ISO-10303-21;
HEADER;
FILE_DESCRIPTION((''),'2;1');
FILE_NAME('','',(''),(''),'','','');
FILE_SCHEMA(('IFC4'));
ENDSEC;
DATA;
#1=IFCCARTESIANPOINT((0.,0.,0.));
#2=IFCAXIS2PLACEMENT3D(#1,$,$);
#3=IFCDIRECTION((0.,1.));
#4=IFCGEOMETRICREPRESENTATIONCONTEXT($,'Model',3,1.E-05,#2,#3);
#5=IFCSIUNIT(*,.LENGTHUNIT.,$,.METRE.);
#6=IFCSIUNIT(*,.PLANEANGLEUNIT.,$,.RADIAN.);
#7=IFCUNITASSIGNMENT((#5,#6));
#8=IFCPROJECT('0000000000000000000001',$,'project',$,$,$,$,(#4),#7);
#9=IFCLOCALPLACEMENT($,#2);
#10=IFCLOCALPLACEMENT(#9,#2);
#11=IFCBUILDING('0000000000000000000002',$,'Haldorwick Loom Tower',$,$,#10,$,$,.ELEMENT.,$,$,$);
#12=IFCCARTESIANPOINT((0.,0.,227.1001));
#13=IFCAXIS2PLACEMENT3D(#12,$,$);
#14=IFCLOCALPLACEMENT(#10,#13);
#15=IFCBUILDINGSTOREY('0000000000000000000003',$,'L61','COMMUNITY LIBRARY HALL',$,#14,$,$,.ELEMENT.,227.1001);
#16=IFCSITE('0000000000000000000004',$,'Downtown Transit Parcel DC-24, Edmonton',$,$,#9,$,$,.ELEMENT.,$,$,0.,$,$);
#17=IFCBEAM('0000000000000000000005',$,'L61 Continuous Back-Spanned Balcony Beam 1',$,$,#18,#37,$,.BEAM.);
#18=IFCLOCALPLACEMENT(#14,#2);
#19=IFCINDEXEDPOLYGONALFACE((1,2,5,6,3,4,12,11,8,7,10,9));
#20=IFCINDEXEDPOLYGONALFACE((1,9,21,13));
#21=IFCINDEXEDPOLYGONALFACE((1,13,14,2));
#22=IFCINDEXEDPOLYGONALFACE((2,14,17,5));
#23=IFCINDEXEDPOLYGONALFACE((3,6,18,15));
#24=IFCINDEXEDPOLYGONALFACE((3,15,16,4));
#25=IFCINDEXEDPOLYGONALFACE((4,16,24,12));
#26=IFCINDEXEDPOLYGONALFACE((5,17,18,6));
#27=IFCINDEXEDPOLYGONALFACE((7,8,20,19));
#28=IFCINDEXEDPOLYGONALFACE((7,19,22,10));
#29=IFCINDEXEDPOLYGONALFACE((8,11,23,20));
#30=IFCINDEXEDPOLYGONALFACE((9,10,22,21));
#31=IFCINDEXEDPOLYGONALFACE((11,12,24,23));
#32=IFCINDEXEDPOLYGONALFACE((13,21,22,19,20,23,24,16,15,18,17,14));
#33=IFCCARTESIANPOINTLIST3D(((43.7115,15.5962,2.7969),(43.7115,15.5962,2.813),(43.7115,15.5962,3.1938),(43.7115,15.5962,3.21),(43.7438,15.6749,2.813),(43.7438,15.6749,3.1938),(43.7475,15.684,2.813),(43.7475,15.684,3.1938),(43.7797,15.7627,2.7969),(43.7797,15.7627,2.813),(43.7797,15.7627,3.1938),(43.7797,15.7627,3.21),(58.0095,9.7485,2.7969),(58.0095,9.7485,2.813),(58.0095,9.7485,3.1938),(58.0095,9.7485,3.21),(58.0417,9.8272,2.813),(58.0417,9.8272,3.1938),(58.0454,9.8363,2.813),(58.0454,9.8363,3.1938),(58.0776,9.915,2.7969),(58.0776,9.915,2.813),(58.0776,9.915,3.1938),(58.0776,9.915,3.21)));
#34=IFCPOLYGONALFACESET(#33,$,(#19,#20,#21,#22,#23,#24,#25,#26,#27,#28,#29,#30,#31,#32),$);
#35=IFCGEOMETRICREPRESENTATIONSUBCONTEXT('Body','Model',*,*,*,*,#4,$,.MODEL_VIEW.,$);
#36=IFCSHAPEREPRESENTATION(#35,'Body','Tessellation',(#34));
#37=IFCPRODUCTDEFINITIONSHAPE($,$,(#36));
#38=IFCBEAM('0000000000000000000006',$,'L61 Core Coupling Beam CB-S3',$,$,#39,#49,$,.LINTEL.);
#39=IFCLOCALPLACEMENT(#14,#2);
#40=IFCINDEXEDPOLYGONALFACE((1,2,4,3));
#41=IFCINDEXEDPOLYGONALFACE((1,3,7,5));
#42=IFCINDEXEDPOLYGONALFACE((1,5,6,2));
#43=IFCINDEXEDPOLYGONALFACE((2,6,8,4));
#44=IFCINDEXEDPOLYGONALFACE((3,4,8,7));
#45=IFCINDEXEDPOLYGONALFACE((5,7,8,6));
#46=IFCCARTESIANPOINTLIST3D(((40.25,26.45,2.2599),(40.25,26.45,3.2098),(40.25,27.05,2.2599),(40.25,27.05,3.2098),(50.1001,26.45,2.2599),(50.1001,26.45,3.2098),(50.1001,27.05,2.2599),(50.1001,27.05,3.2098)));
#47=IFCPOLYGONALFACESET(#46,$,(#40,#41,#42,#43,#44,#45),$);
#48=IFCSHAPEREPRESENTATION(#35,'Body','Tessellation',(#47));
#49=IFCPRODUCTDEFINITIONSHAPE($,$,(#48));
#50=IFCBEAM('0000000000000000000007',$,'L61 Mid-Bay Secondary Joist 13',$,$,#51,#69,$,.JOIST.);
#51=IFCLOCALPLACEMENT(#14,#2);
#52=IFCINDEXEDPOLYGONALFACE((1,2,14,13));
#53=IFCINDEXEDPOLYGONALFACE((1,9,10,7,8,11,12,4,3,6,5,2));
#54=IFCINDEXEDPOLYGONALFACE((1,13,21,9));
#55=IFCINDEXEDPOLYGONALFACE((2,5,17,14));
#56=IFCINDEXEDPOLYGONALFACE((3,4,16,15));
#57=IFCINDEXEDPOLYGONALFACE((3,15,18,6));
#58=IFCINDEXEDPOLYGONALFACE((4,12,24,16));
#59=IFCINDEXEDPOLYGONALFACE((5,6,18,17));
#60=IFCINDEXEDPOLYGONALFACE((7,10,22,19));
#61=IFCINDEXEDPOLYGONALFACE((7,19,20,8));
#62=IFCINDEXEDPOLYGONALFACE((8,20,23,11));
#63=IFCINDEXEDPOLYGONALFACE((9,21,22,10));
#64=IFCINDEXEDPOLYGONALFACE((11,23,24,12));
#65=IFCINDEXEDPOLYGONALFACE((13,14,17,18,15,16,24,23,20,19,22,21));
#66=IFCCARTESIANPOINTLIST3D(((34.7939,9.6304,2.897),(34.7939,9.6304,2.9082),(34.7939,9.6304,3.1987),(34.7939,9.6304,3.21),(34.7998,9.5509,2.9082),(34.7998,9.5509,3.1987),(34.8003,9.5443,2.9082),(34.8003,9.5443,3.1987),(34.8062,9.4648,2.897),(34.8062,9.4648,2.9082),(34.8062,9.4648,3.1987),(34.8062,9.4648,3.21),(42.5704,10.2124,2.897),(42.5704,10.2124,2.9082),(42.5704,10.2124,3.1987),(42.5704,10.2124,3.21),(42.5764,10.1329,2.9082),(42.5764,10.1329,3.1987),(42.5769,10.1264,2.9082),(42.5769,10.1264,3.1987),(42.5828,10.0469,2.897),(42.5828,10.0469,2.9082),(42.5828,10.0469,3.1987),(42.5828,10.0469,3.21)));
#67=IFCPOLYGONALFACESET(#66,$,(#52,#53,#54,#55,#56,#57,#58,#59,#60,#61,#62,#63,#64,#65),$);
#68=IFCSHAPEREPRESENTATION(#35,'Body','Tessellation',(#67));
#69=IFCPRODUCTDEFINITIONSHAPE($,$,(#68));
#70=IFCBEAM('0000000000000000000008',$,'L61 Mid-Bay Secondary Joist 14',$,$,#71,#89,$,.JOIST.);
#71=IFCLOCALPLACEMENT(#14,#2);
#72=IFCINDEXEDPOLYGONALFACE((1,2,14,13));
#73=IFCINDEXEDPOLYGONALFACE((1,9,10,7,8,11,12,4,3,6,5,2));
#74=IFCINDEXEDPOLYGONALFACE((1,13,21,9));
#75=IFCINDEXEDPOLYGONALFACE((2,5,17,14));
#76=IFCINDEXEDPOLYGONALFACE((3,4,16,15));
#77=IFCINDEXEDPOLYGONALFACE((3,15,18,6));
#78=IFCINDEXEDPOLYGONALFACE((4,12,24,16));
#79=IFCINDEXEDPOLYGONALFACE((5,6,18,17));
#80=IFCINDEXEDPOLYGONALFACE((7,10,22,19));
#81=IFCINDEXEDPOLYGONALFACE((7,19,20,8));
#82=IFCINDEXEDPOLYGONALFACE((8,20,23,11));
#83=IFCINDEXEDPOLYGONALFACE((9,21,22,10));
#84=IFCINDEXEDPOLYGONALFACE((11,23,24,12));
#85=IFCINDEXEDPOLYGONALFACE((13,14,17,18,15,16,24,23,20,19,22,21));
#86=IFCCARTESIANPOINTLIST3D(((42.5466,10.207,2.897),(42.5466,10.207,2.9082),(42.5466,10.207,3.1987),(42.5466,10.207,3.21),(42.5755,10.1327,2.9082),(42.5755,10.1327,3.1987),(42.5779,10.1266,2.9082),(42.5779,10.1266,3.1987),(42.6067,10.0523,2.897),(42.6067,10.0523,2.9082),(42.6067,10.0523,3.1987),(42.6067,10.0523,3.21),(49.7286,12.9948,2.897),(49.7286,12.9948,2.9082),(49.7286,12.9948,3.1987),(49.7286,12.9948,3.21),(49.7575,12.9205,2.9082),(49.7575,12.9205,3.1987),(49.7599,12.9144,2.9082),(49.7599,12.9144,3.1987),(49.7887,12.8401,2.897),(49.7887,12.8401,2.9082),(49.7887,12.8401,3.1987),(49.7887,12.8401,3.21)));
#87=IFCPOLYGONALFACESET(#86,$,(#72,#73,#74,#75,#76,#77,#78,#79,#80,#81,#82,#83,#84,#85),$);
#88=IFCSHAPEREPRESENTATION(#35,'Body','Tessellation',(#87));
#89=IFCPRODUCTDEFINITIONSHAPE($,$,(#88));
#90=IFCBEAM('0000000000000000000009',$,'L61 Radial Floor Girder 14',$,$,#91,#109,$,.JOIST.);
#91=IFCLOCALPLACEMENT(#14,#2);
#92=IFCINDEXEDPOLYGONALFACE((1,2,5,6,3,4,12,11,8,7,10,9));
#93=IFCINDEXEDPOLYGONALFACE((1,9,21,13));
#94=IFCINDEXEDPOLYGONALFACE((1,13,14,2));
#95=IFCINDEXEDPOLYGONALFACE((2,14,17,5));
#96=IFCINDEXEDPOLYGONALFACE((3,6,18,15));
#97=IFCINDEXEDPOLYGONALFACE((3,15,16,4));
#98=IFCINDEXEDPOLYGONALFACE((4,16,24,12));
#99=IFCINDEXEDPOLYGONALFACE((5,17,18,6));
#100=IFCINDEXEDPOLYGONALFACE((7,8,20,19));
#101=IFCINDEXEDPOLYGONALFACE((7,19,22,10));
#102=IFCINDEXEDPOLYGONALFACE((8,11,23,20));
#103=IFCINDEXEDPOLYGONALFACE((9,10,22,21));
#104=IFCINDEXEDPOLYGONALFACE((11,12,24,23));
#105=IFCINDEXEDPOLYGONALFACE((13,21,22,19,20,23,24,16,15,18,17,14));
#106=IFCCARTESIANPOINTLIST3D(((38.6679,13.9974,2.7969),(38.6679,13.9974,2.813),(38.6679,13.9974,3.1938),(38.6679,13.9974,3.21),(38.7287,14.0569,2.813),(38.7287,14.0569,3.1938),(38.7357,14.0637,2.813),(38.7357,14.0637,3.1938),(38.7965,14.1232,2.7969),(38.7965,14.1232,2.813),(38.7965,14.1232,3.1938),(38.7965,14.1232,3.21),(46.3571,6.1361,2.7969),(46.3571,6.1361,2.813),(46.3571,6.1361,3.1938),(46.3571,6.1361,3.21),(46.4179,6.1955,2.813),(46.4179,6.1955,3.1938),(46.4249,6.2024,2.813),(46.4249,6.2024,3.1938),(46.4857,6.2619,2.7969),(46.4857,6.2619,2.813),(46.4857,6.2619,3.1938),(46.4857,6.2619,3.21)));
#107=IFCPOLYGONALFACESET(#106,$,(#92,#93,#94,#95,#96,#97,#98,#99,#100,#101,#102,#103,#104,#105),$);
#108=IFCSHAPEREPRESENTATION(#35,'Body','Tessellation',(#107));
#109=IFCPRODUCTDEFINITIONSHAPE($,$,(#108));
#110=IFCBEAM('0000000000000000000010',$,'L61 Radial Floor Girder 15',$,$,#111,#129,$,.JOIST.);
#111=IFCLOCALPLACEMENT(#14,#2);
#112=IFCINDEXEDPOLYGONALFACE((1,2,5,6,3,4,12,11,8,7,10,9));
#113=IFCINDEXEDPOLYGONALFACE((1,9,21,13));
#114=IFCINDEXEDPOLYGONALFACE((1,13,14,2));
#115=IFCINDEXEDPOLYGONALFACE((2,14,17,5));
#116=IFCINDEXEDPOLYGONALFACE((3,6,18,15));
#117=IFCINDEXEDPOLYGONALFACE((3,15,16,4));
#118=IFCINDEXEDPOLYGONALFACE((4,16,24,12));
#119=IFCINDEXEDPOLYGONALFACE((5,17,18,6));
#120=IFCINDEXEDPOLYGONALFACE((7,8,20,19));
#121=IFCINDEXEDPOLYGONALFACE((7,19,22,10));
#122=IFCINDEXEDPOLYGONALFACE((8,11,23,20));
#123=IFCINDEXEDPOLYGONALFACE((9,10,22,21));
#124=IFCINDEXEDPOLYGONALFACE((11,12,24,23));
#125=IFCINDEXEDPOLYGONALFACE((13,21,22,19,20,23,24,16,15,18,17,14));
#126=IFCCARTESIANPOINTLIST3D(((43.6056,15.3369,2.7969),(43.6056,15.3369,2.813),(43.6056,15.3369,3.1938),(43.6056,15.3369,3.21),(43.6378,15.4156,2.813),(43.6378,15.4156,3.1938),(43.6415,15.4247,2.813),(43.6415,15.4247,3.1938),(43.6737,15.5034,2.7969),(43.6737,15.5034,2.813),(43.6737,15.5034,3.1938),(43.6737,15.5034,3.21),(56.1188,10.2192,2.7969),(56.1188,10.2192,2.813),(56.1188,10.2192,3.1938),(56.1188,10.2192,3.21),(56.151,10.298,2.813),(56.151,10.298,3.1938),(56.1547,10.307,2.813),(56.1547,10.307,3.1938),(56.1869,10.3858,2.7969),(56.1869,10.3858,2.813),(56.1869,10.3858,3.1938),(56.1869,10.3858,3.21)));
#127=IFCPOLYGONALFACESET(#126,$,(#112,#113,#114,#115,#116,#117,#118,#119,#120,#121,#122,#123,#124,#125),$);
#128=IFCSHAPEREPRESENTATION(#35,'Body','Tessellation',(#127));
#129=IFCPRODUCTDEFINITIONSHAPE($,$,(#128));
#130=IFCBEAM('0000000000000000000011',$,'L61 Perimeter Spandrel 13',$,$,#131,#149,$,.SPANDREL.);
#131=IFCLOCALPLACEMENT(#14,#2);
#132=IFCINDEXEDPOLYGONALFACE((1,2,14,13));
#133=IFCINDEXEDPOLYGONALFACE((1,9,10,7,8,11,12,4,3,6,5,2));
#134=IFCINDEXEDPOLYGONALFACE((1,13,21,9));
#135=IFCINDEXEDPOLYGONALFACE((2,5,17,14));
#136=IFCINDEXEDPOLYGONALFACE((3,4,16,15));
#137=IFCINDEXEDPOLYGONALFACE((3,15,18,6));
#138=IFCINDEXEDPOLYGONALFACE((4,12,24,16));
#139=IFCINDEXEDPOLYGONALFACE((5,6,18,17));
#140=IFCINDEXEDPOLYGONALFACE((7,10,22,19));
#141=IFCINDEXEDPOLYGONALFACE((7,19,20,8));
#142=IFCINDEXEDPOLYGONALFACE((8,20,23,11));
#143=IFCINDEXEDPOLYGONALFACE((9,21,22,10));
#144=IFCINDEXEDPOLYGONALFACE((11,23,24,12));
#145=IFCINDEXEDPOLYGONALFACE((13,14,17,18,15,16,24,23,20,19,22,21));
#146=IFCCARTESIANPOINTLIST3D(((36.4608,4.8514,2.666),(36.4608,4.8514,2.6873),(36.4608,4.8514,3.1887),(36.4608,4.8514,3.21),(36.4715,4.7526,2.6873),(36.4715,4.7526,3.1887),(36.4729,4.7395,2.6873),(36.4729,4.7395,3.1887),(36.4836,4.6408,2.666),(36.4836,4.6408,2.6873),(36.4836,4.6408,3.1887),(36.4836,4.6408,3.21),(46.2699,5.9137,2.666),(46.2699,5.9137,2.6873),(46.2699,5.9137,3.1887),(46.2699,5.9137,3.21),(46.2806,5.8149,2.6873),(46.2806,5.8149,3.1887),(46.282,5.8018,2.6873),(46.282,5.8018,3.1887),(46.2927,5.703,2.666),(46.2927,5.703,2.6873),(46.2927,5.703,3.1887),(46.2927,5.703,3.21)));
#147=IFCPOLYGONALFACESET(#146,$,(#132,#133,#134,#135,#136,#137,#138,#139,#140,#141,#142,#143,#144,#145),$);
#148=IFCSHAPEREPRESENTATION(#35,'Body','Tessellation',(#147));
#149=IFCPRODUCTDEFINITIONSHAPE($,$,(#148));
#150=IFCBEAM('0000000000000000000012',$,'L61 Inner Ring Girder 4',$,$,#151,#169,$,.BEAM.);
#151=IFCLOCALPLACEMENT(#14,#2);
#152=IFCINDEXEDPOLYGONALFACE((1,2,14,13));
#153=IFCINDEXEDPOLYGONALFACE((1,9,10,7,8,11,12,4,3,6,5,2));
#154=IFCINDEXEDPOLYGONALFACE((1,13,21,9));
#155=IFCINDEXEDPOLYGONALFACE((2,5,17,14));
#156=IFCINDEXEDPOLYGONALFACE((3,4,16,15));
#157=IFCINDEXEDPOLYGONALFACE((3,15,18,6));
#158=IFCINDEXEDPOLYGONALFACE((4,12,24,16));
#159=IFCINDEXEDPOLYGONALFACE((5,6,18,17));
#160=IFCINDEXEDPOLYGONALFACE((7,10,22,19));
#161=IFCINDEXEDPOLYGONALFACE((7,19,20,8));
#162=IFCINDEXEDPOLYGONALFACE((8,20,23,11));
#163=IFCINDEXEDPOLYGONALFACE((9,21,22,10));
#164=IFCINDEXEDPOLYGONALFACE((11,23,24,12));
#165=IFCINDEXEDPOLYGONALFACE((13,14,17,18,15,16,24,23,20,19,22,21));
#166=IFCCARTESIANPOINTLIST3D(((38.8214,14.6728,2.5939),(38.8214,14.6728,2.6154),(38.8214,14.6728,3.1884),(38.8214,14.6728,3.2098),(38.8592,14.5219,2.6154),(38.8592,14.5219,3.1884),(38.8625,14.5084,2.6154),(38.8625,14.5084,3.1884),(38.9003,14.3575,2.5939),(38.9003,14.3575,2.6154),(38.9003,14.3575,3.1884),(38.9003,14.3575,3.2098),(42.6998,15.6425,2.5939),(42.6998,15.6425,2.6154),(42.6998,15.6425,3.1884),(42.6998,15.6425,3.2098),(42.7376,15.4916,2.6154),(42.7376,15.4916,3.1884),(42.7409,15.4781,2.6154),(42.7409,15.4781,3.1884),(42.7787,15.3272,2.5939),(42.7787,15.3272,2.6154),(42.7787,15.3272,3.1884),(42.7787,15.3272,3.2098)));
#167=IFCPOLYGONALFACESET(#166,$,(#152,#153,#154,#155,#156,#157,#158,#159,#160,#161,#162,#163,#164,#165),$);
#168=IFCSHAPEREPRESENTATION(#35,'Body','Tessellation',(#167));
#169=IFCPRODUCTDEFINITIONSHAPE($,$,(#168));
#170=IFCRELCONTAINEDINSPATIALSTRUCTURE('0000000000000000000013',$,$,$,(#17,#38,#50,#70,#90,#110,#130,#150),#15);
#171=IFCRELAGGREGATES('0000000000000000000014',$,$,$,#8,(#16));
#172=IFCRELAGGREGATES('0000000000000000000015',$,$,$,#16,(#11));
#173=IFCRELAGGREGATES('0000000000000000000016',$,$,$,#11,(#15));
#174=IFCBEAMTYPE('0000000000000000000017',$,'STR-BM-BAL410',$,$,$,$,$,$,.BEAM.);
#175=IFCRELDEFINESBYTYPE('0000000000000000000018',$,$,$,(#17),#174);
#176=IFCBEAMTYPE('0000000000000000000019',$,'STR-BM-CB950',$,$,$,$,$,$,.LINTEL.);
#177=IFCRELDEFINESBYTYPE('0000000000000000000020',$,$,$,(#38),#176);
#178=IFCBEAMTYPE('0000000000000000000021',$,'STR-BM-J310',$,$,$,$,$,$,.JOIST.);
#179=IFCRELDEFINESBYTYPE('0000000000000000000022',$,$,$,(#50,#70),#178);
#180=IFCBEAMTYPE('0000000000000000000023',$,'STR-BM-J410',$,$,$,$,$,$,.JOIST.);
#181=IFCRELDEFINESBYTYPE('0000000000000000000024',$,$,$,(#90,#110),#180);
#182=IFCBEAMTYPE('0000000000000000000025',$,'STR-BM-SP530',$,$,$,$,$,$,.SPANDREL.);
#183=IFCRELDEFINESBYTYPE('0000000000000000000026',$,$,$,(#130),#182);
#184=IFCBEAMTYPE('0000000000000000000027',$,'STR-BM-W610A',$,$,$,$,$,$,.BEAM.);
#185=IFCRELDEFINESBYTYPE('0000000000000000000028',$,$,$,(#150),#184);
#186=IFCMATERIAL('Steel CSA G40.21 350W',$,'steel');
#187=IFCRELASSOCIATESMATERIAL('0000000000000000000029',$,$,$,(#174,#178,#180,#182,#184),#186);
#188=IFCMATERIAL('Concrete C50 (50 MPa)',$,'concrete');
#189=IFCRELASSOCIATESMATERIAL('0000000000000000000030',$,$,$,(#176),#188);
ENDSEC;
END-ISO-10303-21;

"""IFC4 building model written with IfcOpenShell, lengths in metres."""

from ifc_helpers import new_model, si_unit, direction, frame, origin, origin_2d, place, context, subcontext, project, spatial, rectangle, i_section, extrude, material, material_profile, profile_set, type_object, element, save


model = new_model("IFC4")

# Units and contexts
model_context = context("Model", 3, precision=1e-05, world=origin(), true_north=direction((0.0, 1.0)))
body_context = subcontext(model_context, "Body", "Model", "MODEL_VIEW")
ifc_project = project(units=[si_unit("LENGTHUNIT", "METRE"), si_unit("PLANEANGLEUNIT", "RADIAN")], contexts=[model_context])

# Site, building, storey
site_placement = place(None, origin())
site = spatial("IfcSite", under=ifc_project, at=site_placement, Name="Downtown Transit Parcel DC-24, Edmonton", CompositionType="ELEMENT", RefElevation=0.0)
building_placement = place(site_placement, origin())
building = spatial("IfcBuilding", under=site, at=building_placement, Name="Haldorwick Loom Tower", CompositionType="ELEMENT")
storey_placement = place(building_placement, frame((0.0, 0.0, 227.1001)))
storey = spatial("IfcBuildingStorey", under=building, at=storey_placement, Name="L61", Description="COMMUNITY LIBRARY HALL", CompositionType="ELEMENT", Elevation=227.1001)

# Shared definitions
ifc_material_1 = material(Name="Steel CSA G40.21 350W", Category="steel")

# Beams
ifc_material_profile_1 = material_profile(ifc_material_1, i_section(OverallWidth=0.1799, OverallDepth=0.4131, WebThickness=0.0098, FlangeThickness=0.0161, at=origin_2d()), Name="W410X74", Category="steel")
ifc_profile_set_1 = profile_set([ifc_material_profile_1], Name="Steel CSA G40.21 350W")
beam_type_1 = type_object("IfcBeamType", Name="STR-BM-BAL410", PredefinedType="BEAM", material=ifc_profile_set_1)
beam_1_placement = place(storey_placement, frame((43.7456, 15.6794, 3.0034), z_axis=(0.92558, -0.378552, 0.0), x_axis=(0.378552, 0.92558, 0.0)))
element("IfcBeam", 1, at=beam_1_placement, inside=storey, type_object=beam_type_1, Name="L61 Continuous Back-Spanned Balcony Beam 1", PredefinedType="BEAM", context=body_context, shape_type="SweptSolid", body=[
    extrude(i_section(OverallWidth=0.1799, OverallDepth=0.4131, WebThickness=0.0098, FlangeThickness=0.0161, at=origin_2d()), origin(), (0.0, 0.0, 1.0), 15.4475),
])
ifc_material_2 = material(Name="Concrete C50 (50 MPa)", Category="concrete")
ifc_material_profile_2 = material_profile(ifc_material_2, rectangle(XDim=0.6001, YDim=0.95, at=origin_2d()), Name="RC600X950", Category="concrete")
ifc_profile_set_2 = profile_set([ifc_material_profile_2], Name="Concrete C50 (50 MPa)")
beam_type_2 = type_object("IfcBeamType", Name="STR-BM-CB950", PredefinedType="LINTEL", material=ifc_profile_set_2)
beam_2_placement = place(storey_placement, frame((40.25, 26.75, 2.7349), z_axis=(1.0, 0.0, 0.0), x_axis=(0.0, 1.0, 0.0)))
element("IfcBeam", 2, at=beam_2_placement, inside=storey, type_object=beam_type_2, Name="L61 Core Coupling Beam CB-S3", PredefinedType="LINTEL", context=body_context, shape_type="SweptSolid", body=[
    extrude(rectangle(XDim=0.6001, YDim=0.95, at=origin_2d()), origin(), (0.0, 0.0, 1.0), 9.8501),
])
ifc_material_profile_3 = material_profile(ifc_material_1, i_section(OverallWidth=0.166, OverallDepth=0.313, WebThickness=0.0066, FlangeThickness=0.0112, at=origin_2d()), Name="W310X45", Category="steel")
ifc_profile_set_3 = profile_set([ifc_material_profile_3], Name="Steel CSA G40.21 350W")
beam_type_3 = type_object("IfcBeamType", Name="STR-BM-J310", PredefinedType="JOIST", material=ifc_profile_set_3)
beam_3_placement = place(storey_placement, frame((34.8, 9.5476, 3.0535), z_axis=(0.997211, 0.074635, 0.0), x_axis=(-0.074635, 0.997211, 0.0)))
element("IfcBeam", 3, at=beam_3_placement, inside=storey, type_object=beam_type_3, Name="L61 Mid-Bay Secondary Joist 13", PredefinedType="JOIST", context=body_context, shape_type="SweptSolid", body=[
    extrude(i_section(OverallWidth=0.166, OverallDepth=0.313, WebThickness=0.0066, FlangeThickness=0.0112, at=origin_2d()), origin(), (0.0, 0.0, 1.0), 7.7983),
])
beam_4_placement = place(storey_placement, frame((42.5767, 10.1296, 3.0535), z_axis=(0.932233, 0.361859, 0.0), x_axis=(-0.361859, 0.932233, 0.0)))
element("IfcBeam", 4, at=beam_4_placement, inside=storey, type_object=beam_type_3, Name="L61 Mid-Bay Secondary Joist 14", PredefinedType="JOIST", context=body_context, shape_type="SweptSolid", body=[
    extrude(i_section(OverallWidth=0.166, OverallDepth=0.313, WebThickness=0.0066, FlangeThickness=0.0112, at=origin_2d()), origin(), (0.0, 0.0, 1.0), 7.7041),
])
ifc_material_profile_4 = material_profile(ifc_material_1, i_section(OverallWidth=0.1799, OverallDepth=0.4131, WebThickness=0.0098, FlangeThickness=0.0161, at=origin_2d()), Name="W410X74", Category="steel")
ifc_profile_set_4 = profile_set([ifc_material_profile_4], Name="Steel CSA G40.21 350W")
beam_type_4 = type_object("IfcBeamType", Name="STR-BM-J410", PredefinedType="JOIST", material=ifc_profile_set_4)
beam_5_placement = place(storey_placement, frame((38.7322, 14.0603, 3.0034), z_axis=(0.699237, -0.71489, 0.0), x_axis=(0.71489, 0.699237, 0.0)))
element("IfcBeam", 5, at=beam_5_placement, inside=storey, type_object=beam_type_4, Name="L61 Radial Floor Girder 14", PredefinedType="JOIST", context=body_context, shape_type="SweptSolid", body=[
    extrude(i_section(OverallWidth=0.1799, OverallDepth=0.4131, WebThickness=0.0098, FlangeThickness=0.0161, at=origin_2d()), origin(), (0.0, 0.0, 1.0), 10.9966),
])
beam_6_placement = place(storey_placement, frame((43.6396, 15.4202, 3.0034), z_axis=(0.925582, -0.378547, 0.0), x_axis=(0.378547, 0.925582, 0.0)))
element("IfcBeam", 6, at=beam_6_placement, inside=storey, type_object=beam_type_4, Name="L61 Radial Floor Girder 15", PredefinedType="JOIST", context=body_context, shape_type="SweptSolid", body=[
    extrude(i_section(OverallWidth=0.1799, OverallDepth=0.4131, WebThickness=0.0098, FlangeThickness=0.0161, at=origin_2d()), origin(), (0.0, 0.0, 1.0), 13.5193),
])
ifc_material_profile_5 = material_profile(ifc_material_1, i_section(OverallWidth=0.2119, OverallDepth=0.5439, WebThickness=0.0132, FlangeThickness=0.0212, at=origin_2d()), Name="W530X123", Category="steel")
ifc_profile_set_5 = profile_set([ifc_material_profile_5], Name="Steel CSA G40.21 350W")
beam_type_5 = type_object("IfcBeamType", Name="STR-BM-SP530", PredefinedType="SPANDREL", material=ifc_profile_set_5)
beam_7_placement = place(storey_placement, frame((36.4722, 4.7461, 2.938), z_axis=(0.994187, 0.107664, 0.0), x_axis=(-0.107664, 0.994187, 0.0)))
element("IfcBeam", 7, at=beam_7_placement, inside=storey, type_object=beam_type_5, Name="L61 Perimeter Spandrel 13", PredefinedType="SPANDREL", context=body_context, shape_type="SweptSolid", body=[
    extrude(i_section(OverallWidth=0.2119, OverallDepth=0.5439, WebThickness=0.0132, FlangeThickness=0.0212, at=origin_2d()), origin(), (0.0, 0.0, 1.0), 9.8665),
])
ifc_material_profile_6 = material_profile(ifc_material_1, i_section(OverallWidth=0.325, OverallDepth=0.616, WebThickness=0.0139, FlangeThickness=0.0215, at=origin_2d()), Name="W610X174", Category="steel")
ifc_profile_set_6 = profile_set([ifc_material_profile_6], Name="Steel CSA G40.21 350W")
beam_type_6 = type_object("IfcBeamType", Name="STR-BM-W610A", PredefinedType="BEAM", material=ifc_profile_set_6)
beam_8_placement = place(storey_placement, frame((42.7393, 15.4849, 2.9019), z_axis=(-0.970135, -0.242564, 0.0), x_axis=(0.242564, -0.970135, 0.0)))
element("IfcBeam", 8, at=beam_8_placement, inside=storey, type_object=beam_type_6, Name="L61 Inner Ring Girder 4", PredefinedType="BEAM", context=body_context, shape_type="SweptSolid", body=[
    extrude(i_section(OverallWidth=0.325, OverallDepth=0.616, WebThickness=0.0139, FlangeThickness=0.0215, at=origin_2d()), origin(), (0.0, 0.0, 1.0), 3.9978),
])

save(model, "model.ifc")
